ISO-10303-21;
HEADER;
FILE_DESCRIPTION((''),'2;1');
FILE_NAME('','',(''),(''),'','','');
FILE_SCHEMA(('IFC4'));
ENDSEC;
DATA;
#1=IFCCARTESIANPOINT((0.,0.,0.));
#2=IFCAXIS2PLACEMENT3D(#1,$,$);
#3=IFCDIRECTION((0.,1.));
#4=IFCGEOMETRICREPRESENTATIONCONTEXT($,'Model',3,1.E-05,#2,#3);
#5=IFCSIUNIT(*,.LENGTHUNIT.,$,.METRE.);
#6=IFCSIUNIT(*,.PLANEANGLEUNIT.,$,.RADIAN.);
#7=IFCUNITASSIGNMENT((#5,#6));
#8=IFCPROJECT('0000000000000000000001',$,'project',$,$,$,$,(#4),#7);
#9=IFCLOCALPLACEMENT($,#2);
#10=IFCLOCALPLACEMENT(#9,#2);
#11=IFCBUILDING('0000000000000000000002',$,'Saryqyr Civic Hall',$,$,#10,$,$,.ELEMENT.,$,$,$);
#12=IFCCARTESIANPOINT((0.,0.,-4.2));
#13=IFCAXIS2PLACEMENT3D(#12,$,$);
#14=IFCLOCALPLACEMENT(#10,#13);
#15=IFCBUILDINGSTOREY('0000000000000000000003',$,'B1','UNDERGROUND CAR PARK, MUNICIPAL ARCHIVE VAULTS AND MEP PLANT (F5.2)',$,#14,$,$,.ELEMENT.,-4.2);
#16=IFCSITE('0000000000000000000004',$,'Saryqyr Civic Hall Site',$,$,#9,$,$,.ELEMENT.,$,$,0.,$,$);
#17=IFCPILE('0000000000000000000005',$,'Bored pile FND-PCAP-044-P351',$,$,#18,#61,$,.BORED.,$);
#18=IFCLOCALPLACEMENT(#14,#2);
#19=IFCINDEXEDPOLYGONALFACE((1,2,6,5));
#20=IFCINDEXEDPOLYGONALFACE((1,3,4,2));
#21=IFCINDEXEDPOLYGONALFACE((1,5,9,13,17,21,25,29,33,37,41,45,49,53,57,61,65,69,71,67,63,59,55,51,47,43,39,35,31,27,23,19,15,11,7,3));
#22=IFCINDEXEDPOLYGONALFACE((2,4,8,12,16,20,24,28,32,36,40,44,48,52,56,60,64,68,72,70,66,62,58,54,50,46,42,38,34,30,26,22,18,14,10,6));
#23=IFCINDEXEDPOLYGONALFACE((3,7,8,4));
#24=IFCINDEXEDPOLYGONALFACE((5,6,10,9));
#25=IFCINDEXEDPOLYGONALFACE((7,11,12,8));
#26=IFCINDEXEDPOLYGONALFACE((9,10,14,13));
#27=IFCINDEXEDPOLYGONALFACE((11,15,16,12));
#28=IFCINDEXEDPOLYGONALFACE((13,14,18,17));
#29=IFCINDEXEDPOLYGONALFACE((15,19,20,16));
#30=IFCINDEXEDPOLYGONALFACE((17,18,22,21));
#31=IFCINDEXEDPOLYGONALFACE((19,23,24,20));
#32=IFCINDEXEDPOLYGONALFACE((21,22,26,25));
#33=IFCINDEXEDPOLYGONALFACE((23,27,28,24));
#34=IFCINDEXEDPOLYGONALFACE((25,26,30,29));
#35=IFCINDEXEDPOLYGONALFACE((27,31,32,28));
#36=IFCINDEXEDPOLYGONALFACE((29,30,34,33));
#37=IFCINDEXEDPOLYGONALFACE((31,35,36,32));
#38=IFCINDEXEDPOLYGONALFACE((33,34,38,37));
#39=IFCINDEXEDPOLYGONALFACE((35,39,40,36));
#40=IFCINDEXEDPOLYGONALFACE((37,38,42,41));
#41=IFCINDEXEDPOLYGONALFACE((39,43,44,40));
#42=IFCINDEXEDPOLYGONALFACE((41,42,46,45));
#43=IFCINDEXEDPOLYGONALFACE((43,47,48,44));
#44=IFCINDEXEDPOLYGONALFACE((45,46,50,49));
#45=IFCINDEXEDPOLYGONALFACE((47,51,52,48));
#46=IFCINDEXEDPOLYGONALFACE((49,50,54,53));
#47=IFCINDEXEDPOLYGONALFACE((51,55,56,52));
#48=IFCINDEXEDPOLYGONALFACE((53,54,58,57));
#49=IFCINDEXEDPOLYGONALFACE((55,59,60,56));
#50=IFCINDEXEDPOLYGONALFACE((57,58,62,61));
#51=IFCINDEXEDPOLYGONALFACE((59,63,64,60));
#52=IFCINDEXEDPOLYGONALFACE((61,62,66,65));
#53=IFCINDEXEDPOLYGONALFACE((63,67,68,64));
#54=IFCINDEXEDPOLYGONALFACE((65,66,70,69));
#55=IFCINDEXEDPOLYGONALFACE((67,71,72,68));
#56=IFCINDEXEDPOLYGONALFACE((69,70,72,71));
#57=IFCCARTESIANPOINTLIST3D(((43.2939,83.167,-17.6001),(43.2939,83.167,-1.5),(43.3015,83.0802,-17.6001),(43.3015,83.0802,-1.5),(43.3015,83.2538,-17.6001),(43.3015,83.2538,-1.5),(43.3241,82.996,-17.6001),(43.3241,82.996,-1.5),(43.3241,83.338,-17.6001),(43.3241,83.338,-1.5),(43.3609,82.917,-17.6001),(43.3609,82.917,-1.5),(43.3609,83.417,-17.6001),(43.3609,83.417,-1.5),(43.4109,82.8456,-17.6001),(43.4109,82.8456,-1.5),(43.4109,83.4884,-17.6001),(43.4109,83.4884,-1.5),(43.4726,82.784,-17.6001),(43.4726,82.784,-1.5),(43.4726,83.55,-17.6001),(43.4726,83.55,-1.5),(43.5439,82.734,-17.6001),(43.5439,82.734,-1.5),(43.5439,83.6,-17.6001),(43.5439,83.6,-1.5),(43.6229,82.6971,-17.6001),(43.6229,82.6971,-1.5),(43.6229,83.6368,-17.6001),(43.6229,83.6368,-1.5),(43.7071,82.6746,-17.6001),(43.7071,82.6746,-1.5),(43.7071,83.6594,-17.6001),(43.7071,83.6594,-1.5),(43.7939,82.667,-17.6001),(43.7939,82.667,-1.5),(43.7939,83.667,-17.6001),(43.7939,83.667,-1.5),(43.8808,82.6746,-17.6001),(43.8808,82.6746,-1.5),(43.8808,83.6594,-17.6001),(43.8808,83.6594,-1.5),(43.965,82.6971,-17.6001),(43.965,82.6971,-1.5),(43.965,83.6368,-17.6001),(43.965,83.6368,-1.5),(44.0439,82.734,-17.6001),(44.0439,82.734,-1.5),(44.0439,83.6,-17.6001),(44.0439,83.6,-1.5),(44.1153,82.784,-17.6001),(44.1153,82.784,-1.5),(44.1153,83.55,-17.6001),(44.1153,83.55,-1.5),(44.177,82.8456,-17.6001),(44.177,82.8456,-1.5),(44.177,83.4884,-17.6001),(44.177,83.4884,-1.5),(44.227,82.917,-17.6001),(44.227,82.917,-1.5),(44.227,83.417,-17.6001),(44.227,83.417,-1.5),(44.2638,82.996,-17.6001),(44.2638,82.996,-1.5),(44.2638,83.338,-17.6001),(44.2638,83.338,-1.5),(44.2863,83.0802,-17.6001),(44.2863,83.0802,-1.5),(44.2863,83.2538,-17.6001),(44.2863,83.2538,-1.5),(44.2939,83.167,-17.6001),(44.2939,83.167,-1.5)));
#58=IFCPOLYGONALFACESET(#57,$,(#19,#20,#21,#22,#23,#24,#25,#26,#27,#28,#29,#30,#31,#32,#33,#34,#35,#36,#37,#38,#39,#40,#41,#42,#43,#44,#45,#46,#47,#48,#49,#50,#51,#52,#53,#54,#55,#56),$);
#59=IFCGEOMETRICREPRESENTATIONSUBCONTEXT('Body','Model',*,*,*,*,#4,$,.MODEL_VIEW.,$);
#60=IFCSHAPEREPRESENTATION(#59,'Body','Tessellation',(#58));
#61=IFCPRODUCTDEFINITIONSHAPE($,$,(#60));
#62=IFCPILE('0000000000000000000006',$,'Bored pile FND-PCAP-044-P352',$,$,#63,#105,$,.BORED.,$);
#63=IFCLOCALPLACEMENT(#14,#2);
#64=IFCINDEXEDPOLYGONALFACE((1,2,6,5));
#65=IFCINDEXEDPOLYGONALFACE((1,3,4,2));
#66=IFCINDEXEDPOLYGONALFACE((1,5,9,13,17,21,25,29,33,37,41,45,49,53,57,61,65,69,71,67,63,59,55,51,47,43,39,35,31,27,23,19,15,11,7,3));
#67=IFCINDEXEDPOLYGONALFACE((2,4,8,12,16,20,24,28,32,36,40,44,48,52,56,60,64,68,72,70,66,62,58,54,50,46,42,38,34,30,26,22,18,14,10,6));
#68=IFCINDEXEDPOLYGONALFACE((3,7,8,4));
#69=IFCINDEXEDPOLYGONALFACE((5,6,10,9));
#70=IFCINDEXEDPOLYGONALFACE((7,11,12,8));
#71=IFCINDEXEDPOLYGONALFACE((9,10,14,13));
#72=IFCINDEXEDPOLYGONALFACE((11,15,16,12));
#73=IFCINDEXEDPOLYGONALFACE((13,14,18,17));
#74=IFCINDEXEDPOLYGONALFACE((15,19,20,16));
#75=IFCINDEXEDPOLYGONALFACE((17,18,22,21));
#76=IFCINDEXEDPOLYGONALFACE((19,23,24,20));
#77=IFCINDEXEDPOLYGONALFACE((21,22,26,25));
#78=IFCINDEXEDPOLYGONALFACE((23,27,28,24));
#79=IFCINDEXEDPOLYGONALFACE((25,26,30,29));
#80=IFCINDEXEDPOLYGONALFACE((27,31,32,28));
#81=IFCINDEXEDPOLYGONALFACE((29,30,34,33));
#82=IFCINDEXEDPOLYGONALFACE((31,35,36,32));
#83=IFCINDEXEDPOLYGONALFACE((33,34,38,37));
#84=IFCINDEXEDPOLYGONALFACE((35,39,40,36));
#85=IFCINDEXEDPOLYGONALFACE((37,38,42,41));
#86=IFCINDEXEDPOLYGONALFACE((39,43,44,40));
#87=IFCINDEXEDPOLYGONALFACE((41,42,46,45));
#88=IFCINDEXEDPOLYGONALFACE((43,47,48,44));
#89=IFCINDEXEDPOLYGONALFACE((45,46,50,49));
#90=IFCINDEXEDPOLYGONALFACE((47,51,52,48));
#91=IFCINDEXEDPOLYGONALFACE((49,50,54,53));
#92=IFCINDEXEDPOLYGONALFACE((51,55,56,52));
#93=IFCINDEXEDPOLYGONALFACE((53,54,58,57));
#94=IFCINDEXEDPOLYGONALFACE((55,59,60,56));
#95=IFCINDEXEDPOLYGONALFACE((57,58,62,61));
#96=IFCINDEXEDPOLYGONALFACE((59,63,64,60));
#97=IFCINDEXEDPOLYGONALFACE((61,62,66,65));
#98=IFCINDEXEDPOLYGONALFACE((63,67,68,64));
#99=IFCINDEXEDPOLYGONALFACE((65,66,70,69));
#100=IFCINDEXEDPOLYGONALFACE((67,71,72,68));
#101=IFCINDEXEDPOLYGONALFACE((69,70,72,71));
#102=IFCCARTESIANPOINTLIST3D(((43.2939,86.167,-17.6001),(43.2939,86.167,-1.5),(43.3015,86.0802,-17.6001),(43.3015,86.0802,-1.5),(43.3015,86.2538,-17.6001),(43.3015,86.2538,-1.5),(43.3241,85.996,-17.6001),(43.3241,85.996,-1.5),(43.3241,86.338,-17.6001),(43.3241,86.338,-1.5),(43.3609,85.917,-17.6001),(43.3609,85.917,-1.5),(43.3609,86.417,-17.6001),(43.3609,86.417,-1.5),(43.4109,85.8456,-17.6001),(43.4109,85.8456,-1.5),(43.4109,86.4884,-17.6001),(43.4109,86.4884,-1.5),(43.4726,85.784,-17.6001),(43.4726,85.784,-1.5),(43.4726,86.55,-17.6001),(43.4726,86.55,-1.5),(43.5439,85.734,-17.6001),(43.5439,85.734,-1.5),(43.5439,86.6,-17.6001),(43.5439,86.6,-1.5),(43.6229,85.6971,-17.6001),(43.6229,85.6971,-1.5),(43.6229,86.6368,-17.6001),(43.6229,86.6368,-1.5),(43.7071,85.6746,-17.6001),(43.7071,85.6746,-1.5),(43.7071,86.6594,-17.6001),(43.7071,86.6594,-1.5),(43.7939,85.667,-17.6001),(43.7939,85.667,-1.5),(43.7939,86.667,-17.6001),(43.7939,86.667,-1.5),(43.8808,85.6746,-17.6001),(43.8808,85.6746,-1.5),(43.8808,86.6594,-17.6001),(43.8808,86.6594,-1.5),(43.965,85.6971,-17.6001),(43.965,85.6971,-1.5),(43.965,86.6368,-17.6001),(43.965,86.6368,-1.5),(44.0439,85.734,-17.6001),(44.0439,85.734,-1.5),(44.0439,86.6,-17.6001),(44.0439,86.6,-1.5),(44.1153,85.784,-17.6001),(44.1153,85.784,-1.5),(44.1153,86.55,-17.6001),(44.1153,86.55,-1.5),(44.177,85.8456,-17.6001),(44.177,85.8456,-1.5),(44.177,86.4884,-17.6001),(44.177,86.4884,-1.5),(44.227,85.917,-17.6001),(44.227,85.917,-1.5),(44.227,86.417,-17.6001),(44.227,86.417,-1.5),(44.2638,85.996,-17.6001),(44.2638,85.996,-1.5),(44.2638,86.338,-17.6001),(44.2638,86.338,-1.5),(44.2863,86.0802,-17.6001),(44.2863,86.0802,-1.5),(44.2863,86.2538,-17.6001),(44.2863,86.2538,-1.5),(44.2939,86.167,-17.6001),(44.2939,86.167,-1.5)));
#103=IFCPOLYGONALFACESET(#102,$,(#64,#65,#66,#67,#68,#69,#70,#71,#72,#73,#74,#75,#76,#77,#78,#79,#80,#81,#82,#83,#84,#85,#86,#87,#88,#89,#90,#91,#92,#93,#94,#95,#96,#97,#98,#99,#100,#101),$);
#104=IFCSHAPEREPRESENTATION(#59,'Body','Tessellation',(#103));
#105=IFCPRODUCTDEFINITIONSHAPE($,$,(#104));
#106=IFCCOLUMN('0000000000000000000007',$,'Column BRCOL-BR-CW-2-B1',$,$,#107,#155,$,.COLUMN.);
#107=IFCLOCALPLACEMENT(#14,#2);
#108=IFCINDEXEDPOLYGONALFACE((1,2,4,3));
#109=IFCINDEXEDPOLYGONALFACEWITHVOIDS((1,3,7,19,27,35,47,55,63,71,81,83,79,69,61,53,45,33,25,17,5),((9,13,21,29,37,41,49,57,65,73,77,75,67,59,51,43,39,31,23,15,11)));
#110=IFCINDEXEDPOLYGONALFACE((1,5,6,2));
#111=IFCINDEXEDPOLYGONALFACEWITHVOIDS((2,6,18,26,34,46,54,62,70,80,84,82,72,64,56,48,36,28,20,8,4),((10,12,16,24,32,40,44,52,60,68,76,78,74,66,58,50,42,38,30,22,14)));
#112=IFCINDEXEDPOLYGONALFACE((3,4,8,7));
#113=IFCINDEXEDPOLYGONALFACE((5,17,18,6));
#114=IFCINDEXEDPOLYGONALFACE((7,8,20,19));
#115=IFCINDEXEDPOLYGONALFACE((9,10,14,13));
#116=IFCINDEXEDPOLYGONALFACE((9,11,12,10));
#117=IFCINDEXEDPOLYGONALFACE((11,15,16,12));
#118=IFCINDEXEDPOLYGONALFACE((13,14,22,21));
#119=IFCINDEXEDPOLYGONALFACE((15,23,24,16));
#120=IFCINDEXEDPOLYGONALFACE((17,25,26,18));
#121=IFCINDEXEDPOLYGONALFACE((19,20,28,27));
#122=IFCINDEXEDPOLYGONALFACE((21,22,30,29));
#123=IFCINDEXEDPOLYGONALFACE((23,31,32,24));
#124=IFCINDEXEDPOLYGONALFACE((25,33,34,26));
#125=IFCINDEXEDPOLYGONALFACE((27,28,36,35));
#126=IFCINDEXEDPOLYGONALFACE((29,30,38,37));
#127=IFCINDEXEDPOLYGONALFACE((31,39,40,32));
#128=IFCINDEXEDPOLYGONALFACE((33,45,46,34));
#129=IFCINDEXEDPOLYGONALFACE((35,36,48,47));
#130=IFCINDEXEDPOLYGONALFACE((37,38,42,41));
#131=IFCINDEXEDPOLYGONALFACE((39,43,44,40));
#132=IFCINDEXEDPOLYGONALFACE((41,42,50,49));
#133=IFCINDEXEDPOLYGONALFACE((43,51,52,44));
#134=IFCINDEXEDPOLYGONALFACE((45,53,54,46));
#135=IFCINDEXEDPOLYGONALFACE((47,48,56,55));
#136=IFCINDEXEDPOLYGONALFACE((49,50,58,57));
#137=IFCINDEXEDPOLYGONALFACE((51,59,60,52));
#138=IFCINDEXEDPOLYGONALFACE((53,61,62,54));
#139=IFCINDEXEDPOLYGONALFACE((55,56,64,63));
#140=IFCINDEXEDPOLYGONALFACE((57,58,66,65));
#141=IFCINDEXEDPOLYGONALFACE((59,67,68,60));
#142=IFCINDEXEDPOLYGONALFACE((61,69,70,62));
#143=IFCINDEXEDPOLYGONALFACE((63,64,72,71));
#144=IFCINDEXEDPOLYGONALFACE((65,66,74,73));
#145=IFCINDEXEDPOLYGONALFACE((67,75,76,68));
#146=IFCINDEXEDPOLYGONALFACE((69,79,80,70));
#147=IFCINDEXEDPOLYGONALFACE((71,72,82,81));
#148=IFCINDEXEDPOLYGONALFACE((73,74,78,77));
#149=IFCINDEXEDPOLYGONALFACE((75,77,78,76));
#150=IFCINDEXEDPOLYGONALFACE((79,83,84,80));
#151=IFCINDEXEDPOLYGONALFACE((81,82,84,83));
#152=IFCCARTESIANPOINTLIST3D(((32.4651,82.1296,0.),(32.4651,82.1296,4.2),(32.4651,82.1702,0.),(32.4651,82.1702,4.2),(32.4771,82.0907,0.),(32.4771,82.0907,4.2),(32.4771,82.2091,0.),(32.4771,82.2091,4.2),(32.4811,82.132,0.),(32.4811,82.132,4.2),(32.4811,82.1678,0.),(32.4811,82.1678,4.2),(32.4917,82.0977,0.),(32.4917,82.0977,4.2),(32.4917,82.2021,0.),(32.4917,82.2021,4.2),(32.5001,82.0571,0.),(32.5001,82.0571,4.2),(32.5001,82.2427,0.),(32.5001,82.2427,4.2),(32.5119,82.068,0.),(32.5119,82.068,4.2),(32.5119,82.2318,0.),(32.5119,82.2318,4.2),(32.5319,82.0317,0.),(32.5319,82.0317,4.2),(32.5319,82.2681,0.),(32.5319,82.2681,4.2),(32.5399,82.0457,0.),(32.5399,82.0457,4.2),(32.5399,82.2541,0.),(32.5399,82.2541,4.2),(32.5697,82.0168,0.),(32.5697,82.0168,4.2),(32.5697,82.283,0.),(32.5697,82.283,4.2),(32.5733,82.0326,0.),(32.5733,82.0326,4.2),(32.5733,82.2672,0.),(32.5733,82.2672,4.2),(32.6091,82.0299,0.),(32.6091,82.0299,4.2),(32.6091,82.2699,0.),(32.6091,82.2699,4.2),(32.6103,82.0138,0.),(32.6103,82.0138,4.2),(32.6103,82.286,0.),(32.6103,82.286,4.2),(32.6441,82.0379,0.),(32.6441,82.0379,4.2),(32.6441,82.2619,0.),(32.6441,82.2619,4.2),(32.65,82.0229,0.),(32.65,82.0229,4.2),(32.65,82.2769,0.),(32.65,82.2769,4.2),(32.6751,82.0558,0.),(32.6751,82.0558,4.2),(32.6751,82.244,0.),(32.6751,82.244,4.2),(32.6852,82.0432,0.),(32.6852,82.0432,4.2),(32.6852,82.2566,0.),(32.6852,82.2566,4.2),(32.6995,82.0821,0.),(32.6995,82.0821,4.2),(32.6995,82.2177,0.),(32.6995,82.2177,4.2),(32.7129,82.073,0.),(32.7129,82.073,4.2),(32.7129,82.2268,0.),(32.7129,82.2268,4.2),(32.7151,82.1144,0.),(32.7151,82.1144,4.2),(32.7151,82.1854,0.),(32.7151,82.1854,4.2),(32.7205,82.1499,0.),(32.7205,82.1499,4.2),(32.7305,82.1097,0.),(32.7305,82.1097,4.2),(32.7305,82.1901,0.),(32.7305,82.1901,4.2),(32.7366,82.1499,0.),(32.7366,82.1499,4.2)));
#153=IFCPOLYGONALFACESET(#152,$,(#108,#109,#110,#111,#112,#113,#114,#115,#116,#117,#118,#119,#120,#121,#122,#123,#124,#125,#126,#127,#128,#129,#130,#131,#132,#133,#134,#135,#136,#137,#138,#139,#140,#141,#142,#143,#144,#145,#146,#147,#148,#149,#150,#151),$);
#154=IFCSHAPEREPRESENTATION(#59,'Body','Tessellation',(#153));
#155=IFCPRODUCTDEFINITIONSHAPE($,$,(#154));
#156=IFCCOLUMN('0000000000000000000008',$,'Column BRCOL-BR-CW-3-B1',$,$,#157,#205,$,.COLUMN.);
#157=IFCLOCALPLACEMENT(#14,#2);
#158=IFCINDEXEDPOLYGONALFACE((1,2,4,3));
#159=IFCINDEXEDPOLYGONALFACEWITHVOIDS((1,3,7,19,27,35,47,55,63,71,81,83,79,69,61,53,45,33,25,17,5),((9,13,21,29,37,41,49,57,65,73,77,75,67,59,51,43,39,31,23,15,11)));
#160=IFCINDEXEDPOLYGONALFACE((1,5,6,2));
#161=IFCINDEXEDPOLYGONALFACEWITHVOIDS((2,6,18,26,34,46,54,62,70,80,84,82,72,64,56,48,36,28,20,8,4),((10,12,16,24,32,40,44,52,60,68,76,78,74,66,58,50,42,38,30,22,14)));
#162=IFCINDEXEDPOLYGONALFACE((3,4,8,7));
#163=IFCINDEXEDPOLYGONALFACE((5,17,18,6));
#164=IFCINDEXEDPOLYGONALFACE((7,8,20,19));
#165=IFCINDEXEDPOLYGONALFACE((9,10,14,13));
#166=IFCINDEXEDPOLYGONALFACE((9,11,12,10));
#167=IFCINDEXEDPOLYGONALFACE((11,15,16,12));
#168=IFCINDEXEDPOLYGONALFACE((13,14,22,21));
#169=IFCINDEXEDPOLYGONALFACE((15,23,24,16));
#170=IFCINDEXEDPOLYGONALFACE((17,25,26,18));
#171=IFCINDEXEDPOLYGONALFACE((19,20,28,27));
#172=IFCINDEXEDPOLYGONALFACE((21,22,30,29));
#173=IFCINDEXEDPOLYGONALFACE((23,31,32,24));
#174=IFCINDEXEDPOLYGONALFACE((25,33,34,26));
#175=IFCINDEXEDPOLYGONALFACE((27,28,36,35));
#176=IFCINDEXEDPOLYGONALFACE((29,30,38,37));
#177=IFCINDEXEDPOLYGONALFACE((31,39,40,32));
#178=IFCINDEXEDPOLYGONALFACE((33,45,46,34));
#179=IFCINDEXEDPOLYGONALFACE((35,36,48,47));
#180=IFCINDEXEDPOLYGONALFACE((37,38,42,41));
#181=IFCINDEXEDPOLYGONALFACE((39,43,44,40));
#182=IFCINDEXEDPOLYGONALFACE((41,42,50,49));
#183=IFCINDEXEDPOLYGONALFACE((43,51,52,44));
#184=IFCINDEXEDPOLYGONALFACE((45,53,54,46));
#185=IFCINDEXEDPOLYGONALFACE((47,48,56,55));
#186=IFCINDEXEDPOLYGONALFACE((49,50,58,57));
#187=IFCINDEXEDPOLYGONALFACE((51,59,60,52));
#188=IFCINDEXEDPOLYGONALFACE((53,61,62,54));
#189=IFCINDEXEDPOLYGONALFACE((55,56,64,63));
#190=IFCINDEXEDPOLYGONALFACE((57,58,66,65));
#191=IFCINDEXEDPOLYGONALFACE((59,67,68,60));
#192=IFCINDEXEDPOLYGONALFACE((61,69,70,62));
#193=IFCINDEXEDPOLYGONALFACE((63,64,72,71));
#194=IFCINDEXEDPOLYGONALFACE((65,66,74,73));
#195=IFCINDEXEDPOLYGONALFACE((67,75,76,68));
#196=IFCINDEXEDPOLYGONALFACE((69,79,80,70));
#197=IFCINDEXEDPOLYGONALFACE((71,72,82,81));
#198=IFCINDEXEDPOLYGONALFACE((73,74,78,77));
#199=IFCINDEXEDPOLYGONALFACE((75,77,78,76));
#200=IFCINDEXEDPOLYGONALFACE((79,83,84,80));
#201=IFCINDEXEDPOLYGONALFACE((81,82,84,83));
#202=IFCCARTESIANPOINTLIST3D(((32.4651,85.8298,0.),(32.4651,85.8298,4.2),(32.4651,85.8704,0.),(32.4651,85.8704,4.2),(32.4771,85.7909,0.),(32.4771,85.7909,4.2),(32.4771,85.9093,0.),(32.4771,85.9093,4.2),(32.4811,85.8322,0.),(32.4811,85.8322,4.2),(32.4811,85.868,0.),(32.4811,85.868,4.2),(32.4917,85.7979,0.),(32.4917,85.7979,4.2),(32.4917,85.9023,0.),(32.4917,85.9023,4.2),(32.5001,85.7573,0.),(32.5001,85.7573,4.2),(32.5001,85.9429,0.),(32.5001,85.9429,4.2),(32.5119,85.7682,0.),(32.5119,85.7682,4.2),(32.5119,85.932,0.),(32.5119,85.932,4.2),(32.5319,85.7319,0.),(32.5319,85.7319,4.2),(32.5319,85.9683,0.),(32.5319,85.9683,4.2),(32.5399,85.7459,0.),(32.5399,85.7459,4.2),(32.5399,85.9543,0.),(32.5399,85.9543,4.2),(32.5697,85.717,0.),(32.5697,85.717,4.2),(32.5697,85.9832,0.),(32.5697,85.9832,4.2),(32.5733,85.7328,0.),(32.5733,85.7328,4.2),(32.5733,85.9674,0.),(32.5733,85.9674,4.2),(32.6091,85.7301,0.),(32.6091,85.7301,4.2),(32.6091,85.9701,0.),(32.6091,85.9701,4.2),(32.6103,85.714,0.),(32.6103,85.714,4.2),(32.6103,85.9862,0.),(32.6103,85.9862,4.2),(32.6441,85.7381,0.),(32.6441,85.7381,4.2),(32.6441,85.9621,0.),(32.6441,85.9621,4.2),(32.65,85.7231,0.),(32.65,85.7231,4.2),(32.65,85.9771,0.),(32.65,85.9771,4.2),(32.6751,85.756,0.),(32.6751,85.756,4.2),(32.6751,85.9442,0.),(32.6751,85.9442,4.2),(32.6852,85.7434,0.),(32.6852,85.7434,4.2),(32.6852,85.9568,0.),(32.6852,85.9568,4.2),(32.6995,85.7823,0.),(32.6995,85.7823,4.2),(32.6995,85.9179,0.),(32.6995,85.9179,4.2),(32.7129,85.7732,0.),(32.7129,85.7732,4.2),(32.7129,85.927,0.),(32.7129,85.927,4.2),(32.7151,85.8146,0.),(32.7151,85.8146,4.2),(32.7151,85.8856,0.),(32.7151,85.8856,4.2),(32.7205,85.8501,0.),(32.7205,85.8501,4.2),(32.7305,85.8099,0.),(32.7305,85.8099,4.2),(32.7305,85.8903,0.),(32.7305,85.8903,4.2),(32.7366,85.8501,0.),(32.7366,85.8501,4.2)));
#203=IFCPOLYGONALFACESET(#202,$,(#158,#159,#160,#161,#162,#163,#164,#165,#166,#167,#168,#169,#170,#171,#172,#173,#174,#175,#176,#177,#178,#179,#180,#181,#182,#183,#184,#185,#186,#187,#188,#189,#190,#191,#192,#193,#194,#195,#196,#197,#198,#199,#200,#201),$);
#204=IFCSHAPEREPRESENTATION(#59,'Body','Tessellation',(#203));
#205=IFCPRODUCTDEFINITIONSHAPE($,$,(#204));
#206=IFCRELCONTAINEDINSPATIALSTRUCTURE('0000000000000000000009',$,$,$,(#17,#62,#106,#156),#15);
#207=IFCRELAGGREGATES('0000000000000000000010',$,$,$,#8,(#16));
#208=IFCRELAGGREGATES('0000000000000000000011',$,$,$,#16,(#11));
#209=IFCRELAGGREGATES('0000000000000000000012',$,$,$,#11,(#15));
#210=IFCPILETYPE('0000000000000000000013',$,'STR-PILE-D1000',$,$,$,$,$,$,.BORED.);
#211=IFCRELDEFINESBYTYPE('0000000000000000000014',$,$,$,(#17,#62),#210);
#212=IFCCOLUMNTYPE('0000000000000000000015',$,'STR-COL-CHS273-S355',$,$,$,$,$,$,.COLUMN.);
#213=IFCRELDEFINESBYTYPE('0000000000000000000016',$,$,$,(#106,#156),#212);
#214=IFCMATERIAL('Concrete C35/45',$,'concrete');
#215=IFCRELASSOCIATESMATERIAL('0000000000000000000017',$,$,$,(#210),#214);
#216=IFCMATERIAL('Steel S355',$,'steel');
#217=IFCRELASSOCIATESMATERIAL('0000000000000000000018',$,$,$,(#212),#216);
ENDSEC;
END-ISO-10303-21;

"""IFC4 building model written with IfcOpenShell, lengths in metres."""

from ifc_helpers import new_model, si_unit, direction, frame, origin, origin_2d, place, context, subcontext, project, spatial, circle, hollow_circle, extrude, material, material_profile, profile_set, type_object, element, save


model = new_model("IFC4")

# Units and contexts
model_context = context("Model", 3, precision=1e-05, world=origin(), true_north=direction((0.0, 1.0)))
body_context = subcontext(model_context, "Body", "Model", "MODEL_VIEW")
ifc_project = project(units=[si_unit("LENGTHUNIT", "METRE"), si_unit("PLANEANGLEUNIT", "RADIAN")], contexts=[model_context])

# Site, building, storey
site_placement = place(None, origin())
site = spatial("IfcSite", under=ifc_project, at=site_placement, Name="Saryqyr Civic Hall Site", CompositionType="ELEMENT", RefElevation=0.0)
building_placement = place(site_placement, origin())
building = spatial("IfcBuilding", under=site, at=building_placement, Name="Saryqyr Civic Hall", CompositionType="ELEMENT")
storey_placement = place(building_placement, frame((0.0, 0.0, -4.2)))
storey = spatial("IfcBuildingStorey", under=building, at=storey_placement, Name="B1", Description="UNDERGROUND CAR PARK, MUNICIPAL ARCHIVE VAULTS AND MEP PLANT (F5.2)", CompositionType="ELEMENT", Elevation=-4.2)

# Piles
ifc_material_1 = material(Name="Concrete C35/45", Category="concrete")
ifc_material_profile_1 = material_profile(ifc_material_1, circle(Radius=0.5, at=origin_2d()), Name="BORED PILE D1000")
ifc_profile_set_1 = profile_set([ifc_material_profile_1], Name="Concrete C35/45")
pile_type = type_object("IfcPileType", Name="STR-PILE-D1000", PredefinedType="BORED", material=ifc_profile_set_1)
for number, where, z_axis, x_axis, name in (
    (1, (43.7939, 83.167, -1.5), (0.0, 0.0, -1.0), (1.0, 0.0, 0.0), "Bored pile FND-PCAP-044-P351"),
    (2, (43.7939, 86.167, -1.5), (0.0, 0.0, -1.0), (1.0, 0.0, 0.0), "Bored pile FND-PCAP-044-P352"),
):
    element("IfcPile", number, at=place(storey_placement, frame(where, z_axis=z_axis, x_axis=x_axis)), inside=storey, type_object=pile_type, Name=name, PredefinedType="BORED", context=body_context, shape_type="SweptSolid", body=[
        extrude(circle(Radius=0.5, at=origin_2d()), origin(), (0.0, 0.0, 1.0), 16.1001),
    ])

# Columns
ifc_material_2 = material(Name="Steel S355", Category="steel")
ifc_material_profile_2 = material_profile(ifc_material_2, hollow_circle(Radius=0.1365, WallThickness=0.0161, at=origin_2d()), Name="CHS 273x16")
ifc_profile_set_2 = profile_set([ifc_material_profile_2], Name="Steel S355")
column_type_1 = type_object("IfcColumnType", Name="STR-COL-CHS273-S355", PredefinedType="COLUMN", material=ifc_profile_set_2)
for number, where, z_axis, x_axis, name in (
    (3, (32.6001, 82.1499, 0.0), (0.0, 0.0, 1.0), (1.0, 0.0, 0.0), "Column BRCOL-BR-CW-2-B1"),
    (4, (32.6001, 85.8501, 0.0), (0.0, 0.0, 1.0), (1.0, 0.0, 0.0), "Column BRCOL-BR-CW-3-B1"),
):
    element("IfcColumn", number, at=place(storey_placement, frame(where, z_axis=z_axis, x_axis=x_axis)), inside=storey, type_object=column_type_1, Name=name, PredefinedType="COLUMN", context=body_context, shape_type="SweptSolid", body=[
        extrude(hollow_circle(Radius=0.1365, WallThickness=0.0161, at=origin_2d()), origin(), (0.0, 0.0, 1.0), 4.2),
    ])

save(model, "model.ifc")
